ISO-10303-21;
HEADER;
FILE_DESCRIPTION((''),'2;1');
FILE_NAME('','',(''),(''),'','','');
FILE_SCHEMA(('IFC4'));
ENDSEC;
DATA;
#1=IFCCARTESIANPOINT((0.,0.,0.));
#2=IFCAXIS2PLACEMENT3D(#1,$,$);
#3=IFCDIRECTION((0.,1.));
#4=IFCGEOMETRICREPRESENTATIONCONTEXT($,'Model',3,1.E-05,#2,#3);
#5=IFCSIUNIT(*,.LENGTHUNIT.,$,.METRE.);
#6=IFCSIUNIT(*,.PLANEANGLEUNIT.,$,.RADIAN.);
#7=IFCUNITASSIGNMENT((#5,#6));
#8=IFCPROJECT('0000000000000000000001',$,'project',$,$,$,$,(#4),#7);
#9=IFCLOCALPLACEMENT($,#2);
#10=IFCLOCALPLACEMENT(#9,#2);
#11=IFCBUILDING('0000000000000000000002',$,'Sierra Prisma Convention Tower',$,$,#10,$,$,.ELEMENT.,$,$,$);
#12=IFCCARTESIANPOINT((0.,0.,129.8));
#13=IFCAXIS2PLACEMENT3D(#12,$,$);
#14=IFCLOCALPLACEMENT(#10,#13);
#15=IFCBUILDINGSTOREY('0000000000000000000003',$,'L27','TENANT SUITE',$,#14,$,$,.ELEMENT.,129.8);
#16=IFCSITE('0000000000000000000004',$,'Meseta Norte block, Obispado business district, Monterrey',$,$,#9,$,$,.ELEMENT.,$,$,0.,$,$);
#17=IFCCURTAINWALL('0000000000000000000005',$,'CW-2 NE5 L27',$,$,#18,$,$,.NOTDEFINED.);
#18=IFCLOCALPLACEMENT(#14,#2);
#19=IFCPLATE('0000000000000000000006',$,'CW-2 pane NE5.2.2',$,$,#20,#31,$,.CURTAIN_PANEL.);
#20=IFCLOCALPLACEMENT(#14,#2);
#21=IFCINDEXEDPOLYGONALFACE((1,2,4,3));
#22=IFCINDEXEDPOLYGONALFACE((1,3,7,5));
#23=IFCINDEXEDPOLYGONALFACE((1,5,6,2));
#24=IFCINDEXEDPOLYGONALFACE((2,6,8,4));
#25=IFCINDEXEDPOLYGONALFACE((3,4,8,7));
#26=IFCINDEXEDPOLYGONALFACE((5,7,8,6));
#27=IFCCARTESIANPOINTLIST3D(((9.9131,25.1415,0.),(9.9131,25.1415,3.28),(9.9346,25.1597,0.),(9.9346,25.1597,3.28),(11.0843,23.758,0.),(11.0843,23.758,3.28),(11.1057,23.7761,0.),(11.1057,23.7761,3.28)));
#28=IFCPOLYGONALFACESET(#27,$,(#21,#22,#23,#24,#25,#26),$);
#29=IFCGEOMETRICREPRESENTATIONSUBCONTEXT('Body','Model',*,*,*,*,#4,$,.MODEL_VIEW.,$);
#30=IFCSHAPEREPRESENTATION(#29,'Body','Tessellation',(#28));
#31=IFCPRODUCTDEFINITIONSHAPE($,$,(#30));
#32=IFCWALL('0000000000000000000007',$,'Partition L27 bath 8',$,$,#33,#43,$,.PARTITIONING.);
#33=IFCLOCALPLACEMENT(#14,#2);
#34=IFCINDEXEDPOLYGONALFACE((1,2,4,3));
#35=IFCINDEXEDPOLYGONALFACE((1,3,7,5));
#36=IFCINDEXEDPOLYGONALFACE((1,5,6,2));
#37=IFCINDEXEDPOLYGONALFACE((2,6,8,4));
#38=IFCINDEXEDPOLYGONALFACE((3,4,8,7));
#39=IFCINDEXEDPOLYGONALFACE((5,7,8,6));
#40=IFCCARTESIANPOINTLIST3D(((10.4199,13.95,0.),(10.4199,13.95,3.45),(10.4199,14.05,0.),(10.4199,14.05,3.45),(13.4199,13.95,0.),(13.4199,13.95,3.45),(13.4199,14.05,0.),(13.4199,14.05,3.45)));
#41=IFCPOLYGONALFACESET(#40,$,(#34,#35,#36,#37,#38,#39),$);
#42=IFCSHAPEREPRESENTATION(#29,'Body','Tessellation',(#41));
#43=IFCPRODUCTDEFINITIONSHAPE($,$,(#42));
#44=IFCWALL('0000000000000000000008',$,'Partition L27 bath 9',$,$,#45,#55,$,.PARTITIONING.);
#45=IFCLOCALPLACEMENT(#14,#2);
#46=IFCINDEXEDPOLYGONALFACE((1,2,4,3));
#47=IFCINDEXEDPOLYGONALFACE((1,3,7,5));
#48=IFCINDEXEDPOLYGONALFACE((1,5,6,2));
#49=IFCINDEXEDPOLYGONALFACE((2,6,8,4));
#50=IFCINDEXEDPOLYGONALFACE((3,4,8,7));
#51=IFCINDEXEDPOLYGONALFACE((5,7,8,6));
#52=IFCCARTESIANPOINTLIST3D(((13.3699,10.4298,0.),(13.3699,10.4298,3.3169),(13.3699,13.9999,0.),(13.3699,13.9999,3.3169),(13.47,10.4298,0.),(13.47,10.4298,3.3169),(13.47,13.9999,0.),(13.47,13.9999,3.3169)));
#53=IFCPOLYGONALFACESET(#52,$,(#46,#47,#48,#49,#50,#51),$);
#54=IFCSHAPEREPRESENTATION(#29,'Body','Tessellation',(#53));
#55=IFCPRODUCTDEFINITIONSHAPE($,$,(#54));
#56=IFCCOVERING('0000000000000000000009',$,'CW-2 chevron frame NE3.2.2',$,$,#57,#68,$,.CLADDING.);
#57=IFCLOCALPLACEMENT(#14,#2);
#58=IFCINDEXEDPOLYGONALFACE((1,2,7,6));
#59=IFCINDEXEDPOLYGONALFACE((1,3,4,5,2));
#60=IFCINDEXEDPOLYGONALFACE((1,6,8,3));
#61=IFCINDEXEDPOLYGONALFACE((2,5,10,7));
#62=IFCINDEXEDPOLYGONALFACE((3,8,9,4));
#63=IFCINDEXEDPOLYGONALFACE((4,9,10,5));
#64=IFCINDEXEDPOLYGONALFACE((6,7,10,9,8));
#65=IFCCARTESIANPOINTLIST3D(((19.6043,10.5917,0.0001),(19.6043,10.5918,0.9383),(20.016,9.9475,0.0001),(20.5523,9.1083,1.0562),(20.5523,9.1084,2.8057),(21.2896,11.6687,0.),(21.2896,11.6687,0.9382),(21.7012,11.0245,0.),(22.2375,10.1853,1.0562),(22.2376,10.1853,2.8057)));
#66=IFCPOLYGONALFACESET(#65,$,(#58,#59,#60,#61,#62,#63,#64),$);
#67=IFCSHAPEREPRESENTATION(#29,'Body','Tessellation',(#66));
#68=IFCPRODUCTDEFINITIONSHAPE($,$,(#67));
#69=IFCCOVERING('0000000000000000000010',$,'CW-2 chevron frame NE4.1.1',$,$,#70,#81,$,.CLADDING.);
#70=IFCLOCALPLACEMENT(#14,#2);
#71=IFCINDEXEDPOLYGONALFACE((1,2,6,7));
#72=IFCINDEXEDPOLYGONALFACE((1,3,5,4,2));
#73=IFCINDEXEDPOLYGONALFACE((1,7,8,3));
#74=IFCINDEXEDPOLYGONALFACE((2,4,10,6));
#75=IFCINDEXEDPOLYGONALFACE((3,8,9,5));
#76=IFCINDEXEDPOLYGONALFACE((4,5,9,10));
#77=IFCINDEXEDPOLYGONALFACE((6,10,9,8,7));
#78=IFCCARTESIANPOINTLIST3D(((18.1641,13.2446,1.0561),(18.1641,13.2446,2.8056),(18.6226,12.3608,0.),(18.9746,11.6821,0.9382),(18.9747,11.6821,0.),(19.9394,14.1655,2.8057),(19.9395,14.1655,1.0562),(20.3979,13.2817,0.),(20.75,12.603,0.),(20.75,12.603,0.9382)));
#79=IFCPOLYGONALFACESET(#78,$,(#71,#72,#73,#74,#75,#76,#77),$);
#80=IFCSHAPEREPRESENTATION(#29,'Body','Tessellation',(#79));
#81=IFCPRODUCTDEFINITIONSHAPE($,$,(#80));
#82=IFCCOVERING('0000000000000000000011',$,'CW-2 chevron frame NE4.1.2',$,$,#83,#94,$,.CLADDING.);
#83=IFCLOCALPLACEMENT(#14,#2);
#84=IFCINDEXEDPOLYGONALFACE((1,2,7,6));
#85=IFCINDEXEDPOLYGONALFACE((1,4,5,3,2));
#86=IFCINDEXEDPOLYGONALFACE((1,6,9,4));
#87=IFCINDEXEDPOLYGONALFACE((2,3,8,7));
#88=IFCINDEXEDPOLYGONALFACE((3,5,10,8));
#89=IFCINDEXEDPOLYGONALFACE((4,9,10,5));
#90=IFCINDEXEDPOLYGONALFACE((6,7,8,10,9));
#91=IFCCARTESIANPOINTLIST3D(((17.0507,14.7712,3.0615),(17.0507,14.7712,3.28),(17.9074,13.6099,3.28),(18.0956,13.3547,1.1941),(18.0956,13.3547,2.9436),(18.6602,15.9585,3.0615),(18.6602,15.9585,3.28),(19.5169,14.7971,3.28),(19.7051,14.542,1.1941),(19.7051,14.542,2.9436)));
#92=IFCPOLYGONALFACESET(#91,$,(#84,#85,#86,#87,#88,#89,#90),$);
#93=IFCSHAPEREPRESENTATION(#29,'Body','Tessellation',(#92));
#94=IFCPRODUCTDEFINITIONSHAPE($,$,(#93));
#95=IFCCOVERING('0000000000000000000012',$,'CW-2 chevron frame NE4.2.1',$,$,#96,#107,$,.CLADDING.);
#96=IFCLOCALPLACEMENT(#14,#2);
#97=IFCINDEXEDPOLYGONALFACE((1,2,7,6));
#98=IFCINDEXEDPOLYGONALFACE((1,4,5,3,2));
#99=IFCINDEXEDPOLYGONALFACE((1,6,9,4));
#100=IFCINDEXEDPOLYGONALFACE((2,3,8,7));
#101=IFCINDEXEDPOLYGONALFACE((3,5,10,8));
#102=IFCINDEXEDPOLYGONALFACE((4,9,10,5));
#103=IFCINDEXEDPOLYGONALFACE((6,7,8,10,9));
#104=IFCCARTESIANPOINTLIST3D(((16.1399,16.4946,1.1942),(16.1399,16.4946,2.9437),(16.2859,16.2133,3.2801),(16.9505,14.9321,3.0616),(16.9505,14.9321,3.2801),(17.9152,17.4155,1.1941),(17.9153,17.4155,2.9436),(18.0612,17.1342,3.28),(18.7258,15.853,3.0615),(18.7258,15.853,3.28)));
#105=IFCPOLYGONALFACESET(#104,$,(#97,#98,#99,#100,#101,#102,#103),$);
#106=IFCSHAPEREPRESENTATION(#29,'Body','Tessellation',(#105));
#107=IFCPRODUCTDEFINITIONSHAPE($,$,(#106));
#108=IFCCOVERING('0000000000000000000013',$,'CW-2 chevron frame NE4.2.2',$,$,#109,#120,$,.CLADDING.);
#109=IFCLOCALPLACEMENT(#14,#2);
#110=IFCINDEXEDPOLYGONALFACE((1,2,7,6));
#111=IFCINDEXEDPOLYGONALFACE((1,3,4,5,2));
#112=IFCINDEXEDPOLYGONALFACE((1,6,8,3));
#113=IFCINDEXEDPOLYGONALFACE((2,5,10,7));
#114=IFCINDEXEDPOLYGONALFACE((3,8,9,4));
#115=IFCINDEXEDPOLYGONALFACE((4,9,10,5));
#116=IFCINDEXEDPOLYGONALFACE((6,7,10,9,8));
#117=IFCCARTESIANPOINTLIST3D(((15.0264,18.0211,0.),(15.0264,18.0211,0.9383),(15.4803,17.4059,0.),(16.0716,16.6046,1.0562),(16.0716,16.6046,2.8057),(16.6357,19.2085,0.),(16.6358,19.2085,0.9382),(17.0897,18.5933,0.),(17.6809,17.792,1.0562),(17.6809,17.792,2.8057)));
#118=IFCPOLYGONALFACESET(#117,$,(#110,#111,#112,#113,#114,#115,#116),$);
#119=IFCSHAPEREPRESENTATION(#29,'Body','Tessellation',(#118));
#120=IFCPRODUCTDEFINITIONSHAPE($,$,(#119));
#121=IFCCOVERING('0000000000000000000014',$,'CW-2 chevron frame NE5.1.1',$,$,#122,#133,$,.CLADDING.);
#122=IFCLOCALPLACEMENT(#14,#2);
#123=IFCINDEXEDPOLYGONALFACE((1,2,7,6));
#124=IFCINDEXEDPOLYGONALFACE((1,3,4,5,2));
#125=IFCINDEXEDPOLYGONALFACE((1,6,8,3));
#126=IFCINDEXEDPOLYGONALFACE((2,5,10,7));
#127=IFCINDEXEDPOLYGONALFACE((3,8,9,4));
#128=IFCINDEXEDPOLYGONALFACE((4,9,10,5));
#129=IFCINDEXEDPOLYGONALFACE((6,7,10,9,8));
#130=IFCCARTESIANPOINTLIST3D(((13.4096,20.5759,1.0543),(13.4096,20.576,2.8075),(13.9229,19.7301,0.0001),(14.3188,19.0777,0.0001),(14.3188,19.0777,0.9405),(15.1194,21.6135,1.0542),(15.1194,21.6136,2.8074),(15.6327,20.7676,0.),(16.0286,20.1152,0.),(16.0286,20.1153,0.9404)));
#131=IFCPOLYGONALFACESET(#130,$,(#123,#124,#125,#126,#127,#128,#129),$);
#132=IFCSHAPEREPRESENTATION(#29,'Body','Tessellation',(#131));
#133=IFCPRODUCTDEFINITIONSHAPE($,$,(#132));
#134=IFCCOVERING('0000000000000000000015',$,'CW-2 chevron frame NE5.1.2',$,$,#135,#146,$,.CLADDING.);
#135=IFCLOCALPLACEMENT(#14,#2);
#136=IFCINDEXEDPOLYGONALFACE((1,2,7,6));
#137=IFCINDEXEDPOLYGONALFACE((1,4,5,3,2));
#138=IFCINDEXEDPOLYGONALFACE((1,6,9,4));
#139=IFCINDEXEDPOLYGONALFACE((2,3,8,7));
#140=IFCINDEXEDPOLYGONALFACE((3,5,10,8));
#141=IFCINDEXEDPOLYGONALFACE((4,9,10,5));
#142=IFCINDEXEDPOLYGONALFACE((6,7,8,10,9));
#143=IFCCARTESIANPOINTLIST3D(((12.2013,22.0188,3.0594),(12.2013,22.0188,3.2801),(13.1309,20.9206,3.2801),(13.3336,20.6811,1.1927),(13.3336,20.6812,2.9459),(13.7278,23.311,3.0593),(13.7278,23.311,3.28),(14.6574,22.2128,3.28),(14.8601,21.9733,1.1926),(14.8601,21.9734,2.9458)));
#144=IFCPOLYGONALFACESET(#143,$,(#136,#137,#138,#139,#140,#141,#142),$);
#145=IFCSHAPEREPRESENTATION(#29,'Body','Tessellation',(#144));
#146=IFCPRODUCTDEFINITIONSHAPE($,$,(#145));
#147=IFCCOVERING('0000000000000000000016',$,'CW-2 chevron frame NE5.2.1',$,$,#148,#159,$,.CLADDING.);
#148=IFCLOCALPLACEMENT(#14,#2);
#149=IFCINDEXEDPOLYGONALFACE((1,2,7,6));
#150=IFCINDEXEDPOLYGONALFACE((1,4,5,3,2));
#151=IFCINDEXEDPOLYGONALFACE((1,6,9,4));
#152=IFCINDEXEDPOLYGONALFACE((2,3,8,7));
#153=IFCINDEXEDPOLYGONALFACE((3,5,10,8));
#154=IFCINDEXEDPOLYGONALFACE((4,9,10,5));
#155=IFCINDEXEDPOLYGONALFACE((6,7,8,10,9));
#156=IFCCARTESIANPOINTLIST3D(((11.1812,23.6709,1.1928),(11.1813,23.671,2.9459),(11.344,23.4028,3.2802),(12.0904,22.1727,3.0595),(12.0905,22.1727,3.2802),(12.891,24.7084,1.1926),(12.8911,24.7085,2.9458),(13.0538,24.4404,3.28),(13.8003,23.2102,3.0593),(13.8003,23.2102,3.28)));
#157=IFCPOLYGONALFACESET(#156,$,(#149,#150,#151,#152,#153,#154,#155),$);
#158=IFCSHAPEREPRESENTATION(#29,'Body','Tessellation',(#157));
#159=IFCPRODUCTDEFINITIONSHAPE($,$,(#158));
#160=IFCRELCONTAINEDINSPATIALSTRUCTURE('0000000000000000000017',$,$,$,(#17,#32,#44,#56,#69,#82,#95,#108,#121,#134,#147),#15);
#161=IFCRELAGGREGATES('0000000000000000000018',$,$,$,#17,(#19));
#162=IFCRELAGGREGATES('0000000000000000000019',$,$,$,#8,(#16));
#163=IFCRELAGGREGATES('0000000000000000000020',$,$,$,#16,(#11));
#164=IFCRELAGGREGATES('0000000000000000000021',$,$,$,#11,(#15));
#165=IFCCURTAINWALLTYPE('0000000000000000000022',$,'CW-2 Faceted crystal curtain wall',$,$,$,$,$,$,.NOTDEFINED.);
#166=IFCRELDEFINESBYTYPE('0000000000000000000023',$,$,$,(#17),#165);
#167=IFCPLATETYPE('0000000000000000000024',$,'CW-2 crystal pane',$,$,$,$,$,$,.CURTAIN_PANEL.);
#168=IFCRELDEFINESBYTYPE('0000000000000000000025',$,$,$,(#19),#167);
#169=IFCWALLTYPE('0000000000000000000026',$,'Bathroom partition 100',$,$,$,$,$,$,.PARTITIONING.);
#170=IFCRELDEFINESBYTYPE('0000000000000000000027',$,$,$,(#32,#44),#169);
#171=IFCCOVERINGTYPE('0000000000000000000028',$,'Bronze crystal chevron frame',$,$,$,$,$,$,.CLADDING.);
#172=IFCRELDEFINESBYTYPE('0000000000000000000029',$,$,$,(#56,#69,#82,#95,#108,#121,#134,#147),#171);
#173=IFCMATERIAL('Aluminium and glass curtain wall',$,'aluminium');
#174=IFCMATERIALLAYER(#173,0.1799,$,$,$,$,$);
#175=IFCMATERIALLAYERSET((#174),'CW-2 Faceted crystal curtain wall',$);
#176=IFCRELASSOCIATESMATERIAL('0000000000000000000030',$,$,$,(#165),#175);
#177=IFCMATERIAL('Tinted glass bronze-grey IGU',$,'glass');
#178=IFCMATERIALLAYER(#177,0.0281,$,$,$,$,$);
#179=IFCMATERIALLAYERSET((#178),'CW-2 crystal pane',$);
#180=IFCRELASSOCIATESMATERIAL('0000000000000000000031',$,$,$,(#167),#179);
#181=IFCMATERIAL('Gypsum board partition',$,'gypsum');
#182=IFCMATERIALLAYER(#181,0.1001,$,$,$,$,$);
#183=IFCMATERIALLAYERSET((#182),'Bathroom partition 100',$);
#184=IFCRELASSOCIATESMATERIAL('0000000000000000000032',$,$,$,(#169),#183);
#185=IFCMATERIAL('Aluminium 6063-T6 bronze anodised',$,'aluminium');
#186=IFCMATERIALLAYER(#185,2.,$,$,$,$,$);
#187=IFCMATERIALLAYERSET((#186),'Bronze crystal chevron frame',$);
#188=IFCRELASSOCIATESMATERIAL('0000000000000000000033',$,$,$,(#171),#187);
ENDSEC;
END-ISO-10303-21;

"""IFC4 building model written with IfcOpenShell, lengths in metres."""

from ifc_helpers import new_model, si_unit, direction, frame, frame_2d, origin, place, context, subcontext, project, spatial, polyline, rectangle, outline, extrude, material, layer, layer_set, type_object, element, aggregate, save


model = new_model("IFC4")

# Units and contexts
model_context = context("Model", 3, precision=1e-05, world=origin(), true_north=direction((0.0, 1.0)))
body_context = subcontext(model_context, "Body", "Model", "MODEL_VIEW")
ifc_project = project(units=[si_unit("LENGTHUNIT", "METRE"), si_unit("PLANEANGLEUNIT", "RADIAN")], contexts=[model_context])

# Site, building, storey
site_placement = place(None, origin())
site = spatial("IfcSite", under=ifc_project, at=site_placement, Name="Meseta Norte block, Obispado business district, Monterrey", CompositionType="ELEMENT", RefElevation=0.0)
building_placement = place(site_placement, origin())
building = spatial("IfcBuilding", under=site, at=building_placement, Name="Sierra Prisma Convention Tower", CompositionType="ELEMENT")
storey_placement = place(building_placement, frame((0.0, 0.0, 129.8)))
storey = spatial("IfcBuildingStorey", under=building, at=storey_placement, Name="L27", Description="TENANT SUITE", CompositionType="ELEMENT", Elevation=129.8)

# Curtain wall
ifc_material_1 = material(Name="Aluminium and glass curtain wall", Category="aluminium")
ifc_layer_1 = layer(ifc_material_1, 0.1799)
ifc_layer_set_1 = layer_set([ifc_layer_1], Name="CW-2 Faceted crystal curtain wall")
curtain_wall_type = type_object("IfcCurtainWallType", Name="CW-2 Faceted crystal curtain wall", PredefinedType="NOTDEFINED", material=ifc_layer_set_1)
curtain_wall_1_placement = place(storey_placement, origin())
curtain_wall_1 = element("IfcCurtainWall", 1, at=curtain_wall_1_placement, inside=storey, type_object=curtain_wall_type, Name="CW-2 NE5 L27", PredefinedType="NOTDEFINED")

# Plate
ifc_material_2 = material(Name="Tinted glass bronze-grey IGU", Category="glass")
ifc_layer_2 = layer(ifc_material_2, 0.0281)
ifc_layer_set_2 = layer_set([ifc_layer_2], Name="CW-2 crystal pane")
plate_type = type_object("IfcPlateType", Name="CW-2 crystal pane", PredefinedType="CURTAIN_PANEL", material=ifc_layer_set_2)
plate_1_placement = place(storey_placement, frame((9.9346, 25.1597, 0.0), z_axis=(0.763264, 0.646087, 0.0), x_axis=(0.646087, -0.763264, 0.0)))
plate_1 = element("IfcPlate", 2, at=plate_1_placement, type_object=plate_type, Name="CW-2 pane NE5.2.2", PredefinedType="CURTAIN_PANEL", context=body_context, shape_type="SweptSolid", body=[
    extrude(outline(polyline([(0.0, 0.0), (1.8127, 0.0), (1.8127, -3.28), (0.0, -3.28), (0.0, 0.0)])), origin(), (0.0, 0.0, -1.0), 0.0281),
])
aggregate(curtain_wall_1, [plate_1])

# Walls
ifc_material_3 = material(Name="Gypsum board partition", Category="gypsum")
ifc_layer_3 = layer(ifc_material_3, 0.1001)
ifc_layer_set_3 = layer_set([ifc_layer_3], Name="Bathroom partition 100")
wall_type = type_object("IfcWallType", Name="Bathroom partition 100", PredefinedType="PARTITIONING", material=ifc_layer_set_3)
wall_1_placement = place(storey_placement, frame((10.4199, 14.0, 0.0), z_axis=(0.0, 0.0, 1.0), x_axis=(1.0, 0.0, 0.0)))
element("IfcWall", 3, at=wall_1_placement, inside=storey, type_object=wall_type, Name="Partition L27 bath 8", PredefinedType="PARTITIONING", context=body_context, shape_type="SweptSolid", body=[
    extrude(rectangle(XDim=3.0, YDim=0.1001, at=frame_2d((1.5, 0.0))), origin(), (0.0, 0.0, 1.0), 3.45),
])
wall_2_placement = place(storey_placement, frame((13.4199, 14.0, 0.0), z_axis=(0.0, 0.0, 1.0), x_axis=(0.0, -1.0, 0.0)))
element("IfcWall", 4, at=wall_2_placement, inside=storey, type_object=wall_type, Name="Partition L27 bath 9", PredefinedType="PARTITIONING", context=body_context, shape_type="SweptSolid", body=[
    extrude(rectangle(XDim=3.5701, YDim=0.1001, at=frame_2d((1.7852, 0.0))), origin(), (0.0, 0.0, 1.0), 3.3169),
])

# Coverings
ifc_material_4 = material(Name="Aluminium 6063-T6 bronze anodised", Category="aluminium")
ifc_layer_4 = layer(ifc_material_4, 2.0)
ifc_layer_set_4 = layer_set([ifc_layer_4], Name="Bronze crystal chevron frame")
covering_type = type_object("IfcCoveringType", Name="Bronze crystal chevron frame", PredefinedType="CLADDING", material=ifc_layer_set_4)
covering_1_placement = place(storey_placement, frame((21.2896, 11.6687, 0.0), z_axis=(0.842637, 0.538482, -0.000033), x_axis=(0.000028, 0.000018, 1.0)))
element("IfcCovering", 5, at=covering_1_placement, inside=storey, type_object=covering_type, Name="CW-2 chevron frame NE3.2.2", PredefinedType="CLADDING", context=body_context, shape_type="SweptSolid", body=[
    extrude(outline(polyline([(0.0, 0.0), (0.9382, 0.0), (2.8057, 1.7604), (1.0562, 1.7604), (0.0, 0.7646), (0.0, 0.0)])), origin(), (0.0, 0.0, -1.0), 2.0),
])
covering_2_placement = place(storey_placement, frame((20.75, 12.603, 0.0), z_axis=(0.887673, 0.460475, 0.000009), x_axis=(-0.460475, 0.887673, 0.0)))
element("IfcCovering", 6, at=covering_2_placement, inside=storey, type_object=covering_type, Name="CW-2 chevron frame NE4.1.1", PredefinedType="CLADDING", context=body_context, shape_type="SweptSolid", body=[
    extrude(outline(polyline([(0.0, 0.0), (0.7646, 0.0), (1.7602, 1.0562), (1.7602, 2.8057), (0.0, 0.9382), (0.0, 0.0)])), origin(), (0.0, 0.0, -1.0), 2.0),
])
covering_3_placement = place(storey_placement, frame((19.7051, 14.542, 2.9436), z_axis=(0.804736, 0.593633, 0.000011), x_axis=(0.000009, 0.000007, -1.0)))
element("IfcCovering", 7, at=covering_3_placement, inside=storey, type_object=covering_type, Name="CW-2 chevron frame NE4.1.2", PredefinedType="CLADDING", context=body_context, shape_type="SweptSolid", body=[
    extrude(outline(polyline([(0.0, 0.0), (1.7495, 0.0), (-0.1179, 1.7602), (-0.3364, 1.7602), (-0.3364, 0.3171), (0.0, 0.0)])), origin(), (0.0, 0.0, -1.0), 2.0),
])
covering_4_placement = place(storey_placement, frame((18.7258, 15.853, 3.28), z_axis=(0.887674, 0.460473, -0.000039), x_axis=(-0.000034, -0.000018, -1.0)))
element("IfcCovering", 8, at=covering_4_placement, inside=storey, type_object=covering_type, Name="CW-2 chevron frame NE4.2.1", PredefinedType="CLADDING", context=body_context, shape_type="SweptSolid", body=[
    extrude(outline(polyline([(0.0, 0.0), (0.2185, 0.0), (2.0859, 1.7602), (0.3364, 1.7602), (0.0, 1.4433), (0.0, 0.0)])), origin(), (0.0, 0.0, -1.0), 2.0),
])
covering_5_placement = place(storey_placement, frame((16.6357, 19.2085, 0.0), z_axis=(0.804677, 0.593713, -0.000024), x_axis=(0.000019, 0.000014, 1.0)))
element("IfcCovering", 9, at=covering_5_placement, inside=storey, type_object=covering_type, Name="CW-2 chevron frame NE4.2.2", PredefinedType="CLADDING", context=body_context, shape_type="SweptSolid", body=[
    extrude(outline(polyline([(0.0, 0.0), (0.9382, 0.0), (2.8057, 1.7604), (1.0562, 1.7604), (0.0, 0.7645), (0.0, 0.0)])), origin(), (0.0, 0.0, -1.0), 2.0),
])
covering_6_placement = place(storey_placement, frame((16.0286, 20.1152, 0.0), z_axis=(0.854901, 0.518791, -0.00004), x_axis=(-0.518791, 0.854901, 0.0)))
element("IfcCovering", 10, at=covering_6_placement, inside=storey, type_object=covering_type, Name="CW-2 chevron frame NE5.1.1", PredefinedType="CLADDING", context=body_context, shape_type="SweptSolid", body=[
    extrude(outline(polyline([(0.0, 0.0), (0.7631, 0.0), (1.7526, 1.0542), (1.7526, 2.8074), (0.0, 0.9404), (0.0, 0.0)])), origin(), (0.0, 0.0, -1.0), 2.0),
])
covering_7_placement = place(storey_placement, frame((14.8601, 21.9734, 2.9458), z_axis=(0.76325, 0.646103, -0.000035), x_axis=(-0.000027, -0.000023, -1.0)))
element("IfcCovering", 11, at=covering_7_placement, inside=storey, type_object=covering_type, Name="CW-2 chevron frame NE5.1.2", PredefinedType="CLADDING", context=body_context, shape_type="SweptSolid", body=[
    extrude(outline(polyline([(0.0, 0.0), (1.7532, 0.0), (-0.1135, 1.7526), (-0.3342, 1.7526), (-0.3342, 0.3137), (0.0, 0.0)])), origin(), (0.0, 0.0, -1.0), 2.0),
])
covering_8_placement = place(storey_placement, frame((13.8003, 23.2102, 3.28), z_axis=(0.85492, 0.51876, -0.000067), x_axis=(-0.000057, -0.000035, -1.0)))
element("IfcCovering", 12, at=covering_8_placement, inside=storey, type_object=covering_type, Name="CW-2 chevron frame NE5.2.1", PredefinedType="CLADDING", context=body_context, shape_type="SweptSolid", body=[
    extrude(outline(polyline([(0.0, 0.0), (0.2207, 0.0), (2.0874, 1.7526), (0.3342, 1.7526), (0.0, 1.4389), (0.0, 0.0)])), origin(), (0.0, 0.0, -1.0), 2.0),
])

save(model, "model.ifc")
